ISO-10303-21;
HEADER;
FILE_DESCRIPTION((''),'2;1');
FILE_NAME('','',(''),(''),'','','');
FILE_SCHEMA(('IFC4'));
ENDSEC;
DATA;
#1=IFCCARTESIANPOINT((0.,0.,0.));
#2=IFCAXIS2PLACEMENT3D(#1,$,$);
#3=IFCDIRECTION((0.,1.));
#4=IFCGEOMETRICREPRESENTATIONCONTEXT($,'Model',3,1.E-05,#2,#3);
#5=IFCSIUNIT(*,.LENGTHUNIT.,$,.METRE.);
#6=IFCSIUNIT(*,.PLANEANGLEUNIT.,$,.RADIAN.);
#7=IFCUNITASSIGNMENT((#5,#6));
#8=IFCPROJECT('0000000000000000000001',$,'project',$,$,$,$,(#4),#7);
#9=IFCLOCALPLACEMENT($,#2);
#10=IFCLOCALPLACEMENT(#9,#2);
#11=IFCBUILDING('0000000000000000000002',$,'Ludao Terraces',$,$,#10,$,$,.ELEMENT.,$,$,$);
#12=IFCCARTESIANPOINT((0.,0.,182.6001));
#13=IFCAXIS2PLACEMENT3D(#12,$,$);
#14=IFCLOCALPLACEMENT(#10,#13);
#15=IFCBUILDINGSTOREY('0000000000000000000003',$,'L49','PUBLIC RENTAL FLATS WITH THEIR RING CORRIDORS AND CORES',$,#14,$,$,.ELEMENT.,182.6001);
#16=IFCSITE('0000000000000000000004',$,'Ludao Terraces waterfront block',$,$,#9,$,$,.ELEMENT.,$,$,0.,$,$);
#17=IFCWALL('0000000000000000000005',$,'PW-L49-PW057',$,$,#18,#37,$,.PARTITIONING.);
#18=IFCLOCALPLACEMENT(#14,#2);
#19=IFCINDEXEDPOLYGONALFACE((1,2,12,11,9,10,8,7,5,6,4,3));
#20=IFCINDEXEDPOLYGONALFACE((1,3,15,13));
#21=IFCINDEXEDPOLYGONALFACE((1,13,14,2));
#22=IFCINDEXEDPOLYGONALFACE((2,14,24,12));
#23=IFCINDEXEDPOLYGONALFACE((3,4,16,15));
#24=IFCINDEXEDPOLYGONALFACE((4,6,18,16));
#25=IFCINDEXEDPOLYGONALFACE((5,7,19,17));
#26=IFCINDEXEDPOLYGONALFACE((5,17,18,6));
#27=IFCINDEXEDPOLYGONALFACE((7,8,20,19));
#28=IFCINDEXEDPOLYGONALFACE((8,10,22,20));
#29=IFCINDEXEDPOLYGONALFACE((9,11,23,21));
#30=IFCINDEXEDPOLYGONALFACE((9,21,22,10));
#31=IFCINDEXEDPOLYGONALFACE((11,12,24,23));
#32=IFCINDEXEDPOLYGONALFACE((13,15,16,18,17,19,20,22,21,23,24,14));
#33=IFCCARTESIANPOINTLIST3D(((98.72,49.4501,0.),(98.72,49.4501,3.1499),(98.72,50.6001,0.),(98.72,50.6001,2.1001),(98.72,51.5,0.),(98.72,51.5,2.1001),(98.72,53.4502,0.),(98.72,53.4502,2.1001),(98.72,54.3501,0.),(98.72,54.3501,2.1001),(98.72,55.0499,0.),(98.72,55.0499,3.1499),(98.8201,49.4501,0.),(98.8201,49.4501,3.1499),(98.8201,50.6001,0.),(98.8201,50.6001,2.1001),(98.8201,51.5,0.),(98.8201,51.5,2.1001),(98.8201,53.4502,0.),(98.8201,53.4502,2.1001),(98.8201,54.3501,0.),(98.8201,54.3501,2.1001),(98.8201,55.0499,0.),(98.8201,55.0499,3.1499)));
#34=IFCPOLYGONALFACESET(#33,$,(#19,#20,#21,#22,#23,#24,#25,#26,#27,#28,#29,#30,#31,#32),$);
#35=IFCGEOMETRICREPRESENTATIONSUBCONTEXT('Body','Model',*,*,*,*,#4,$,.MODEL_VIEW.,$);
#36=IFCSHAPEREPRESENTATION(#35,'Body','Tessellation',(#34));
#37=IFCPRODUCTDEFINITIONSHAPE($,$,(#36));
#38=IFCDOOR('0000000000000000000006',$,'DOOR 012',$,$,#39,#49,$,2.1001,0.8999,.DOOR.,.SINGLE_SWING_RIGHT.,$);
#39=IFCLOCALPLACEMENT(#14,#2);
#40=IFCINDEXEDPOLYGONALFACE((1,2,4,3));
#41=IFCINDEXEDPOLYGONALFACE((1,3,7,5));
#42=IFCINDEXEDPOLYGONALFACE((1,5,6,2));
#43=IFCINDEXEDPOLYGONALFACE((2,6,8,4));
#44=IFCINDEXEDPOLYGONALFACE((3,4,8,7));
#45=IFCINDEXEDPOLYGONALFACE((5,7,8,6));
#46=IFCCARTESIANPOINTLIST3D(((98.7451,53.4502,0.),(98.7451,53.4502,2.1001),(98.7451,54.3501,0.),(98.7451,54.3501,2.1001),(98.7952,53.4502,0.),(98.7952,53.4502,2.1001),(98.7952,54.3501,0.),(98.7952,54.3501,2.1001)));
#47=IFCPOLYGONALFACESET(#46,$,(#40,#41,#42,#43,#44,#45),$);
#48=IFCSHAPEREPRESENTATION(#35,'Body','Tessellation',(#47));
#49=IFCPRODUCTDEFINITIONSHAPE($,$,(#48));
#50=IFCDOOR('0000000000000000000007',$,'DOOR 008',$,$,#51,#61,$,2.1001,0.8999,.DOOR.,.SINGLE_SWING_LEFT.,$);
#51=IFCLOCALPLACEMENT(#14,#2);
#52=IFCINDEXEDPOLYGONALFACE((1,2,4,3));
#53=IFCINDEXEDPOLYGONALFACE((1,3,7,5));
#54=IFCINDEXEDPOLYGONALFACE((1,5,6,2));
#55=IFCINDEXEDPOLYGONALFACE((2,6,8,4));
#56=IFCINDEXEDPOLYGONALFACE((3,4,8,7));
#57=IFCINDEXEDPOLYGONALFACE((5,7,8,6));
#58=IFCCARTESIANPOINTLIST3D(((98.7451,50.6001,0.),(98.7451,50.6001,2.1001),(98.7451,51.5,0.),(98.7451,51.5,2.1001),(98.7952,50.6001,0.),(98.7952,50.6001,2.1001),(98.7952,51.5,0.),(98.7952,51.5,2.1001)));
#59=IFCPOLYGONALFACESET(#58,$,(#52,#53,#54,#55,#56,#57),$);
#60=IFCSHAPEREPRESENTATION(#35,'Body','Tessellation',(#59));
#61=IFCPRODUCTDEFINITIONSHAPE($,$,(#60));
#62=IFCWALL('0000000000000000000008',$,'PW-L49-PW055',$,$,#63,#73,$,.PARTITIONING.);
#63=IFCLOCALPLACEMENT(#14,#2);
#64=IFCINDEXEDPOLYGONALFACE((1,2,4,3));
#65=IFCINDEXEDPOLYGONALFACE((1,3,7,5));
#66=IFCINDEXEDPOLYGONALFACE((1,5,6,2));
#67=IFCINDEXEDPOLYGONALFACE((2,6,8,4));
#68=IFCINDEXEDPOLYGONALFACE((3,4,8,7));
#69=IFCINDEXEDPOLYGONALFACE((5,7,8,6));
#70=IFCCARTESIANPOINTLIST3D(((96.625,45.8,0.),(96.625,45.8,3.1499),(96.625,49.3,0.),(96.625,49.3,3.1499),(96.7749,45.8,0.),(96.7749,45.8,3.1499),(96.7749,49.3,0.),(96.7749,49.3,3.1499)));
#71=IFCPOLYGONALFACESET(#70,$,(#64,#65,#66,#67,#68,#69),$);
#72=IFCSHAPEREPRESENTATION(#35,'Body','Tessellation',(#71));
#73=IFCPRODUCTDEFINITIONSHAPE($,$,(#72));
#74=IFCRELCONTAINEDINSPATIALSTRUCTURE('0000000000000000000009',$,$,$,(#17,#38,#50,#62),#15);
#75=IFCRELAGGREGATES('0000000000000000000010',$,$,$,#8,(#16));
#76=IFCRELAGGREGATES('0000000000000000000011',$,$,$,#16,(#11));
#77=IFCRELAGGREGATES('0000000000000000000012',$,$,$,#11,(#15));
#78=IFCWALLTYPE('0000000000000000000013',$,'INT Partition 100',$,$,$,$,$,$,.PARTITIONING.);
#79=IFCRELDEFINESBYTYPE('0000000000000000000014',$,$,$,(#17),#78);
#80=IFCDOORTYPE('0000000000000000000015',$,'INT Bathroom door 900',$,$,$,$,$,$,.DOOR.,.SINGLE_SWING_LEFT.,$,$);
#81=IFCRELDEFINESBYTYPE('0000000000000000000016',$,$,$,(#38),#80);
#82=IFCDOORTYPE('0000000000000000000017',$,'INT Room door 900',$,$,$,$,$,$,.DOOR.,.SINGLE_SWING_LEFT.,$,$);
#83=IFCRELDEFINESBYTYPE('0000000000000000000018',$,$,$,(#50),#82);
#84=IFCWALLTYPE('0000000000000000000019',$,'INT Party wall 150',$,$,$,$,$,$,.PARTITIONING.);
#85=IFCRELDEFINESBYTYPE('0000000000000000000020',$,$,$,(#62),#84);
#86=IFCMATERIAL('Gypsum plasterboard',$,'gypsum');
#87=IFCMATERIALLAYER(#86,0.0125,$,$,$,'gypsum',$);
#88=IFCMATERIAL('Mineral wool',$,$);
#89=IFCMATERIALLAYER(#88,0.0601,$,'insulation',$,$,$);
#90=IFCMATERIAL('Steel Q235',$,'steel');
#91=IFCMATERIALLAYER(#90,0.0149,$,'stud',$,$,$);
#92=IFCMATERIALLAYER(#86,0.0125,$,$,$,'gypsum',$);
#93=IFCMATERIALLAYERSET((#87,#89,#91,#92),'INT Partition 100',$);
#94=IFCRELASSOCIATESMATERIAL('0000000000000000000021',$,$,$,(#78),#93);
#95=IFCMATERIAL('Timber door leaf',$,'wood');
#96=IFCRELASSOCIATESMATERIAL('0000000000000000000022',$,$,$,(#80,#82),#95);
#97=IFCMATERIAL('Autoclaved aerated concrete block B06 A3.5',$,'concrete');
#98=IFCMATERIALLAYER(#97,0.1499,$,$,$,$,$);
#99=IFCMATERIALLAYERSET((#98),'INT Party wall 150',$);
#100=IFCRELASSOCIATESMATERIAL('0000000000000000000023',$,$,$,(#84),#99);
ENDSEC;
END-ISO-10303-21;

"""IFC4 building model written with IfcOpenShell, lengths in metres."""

from ifc_helpers import new_model, si_unit, direction, frame, frame_2d, origin, place, context, subcontext, project, spatial, rectangle, extrude, material, layer, layer_set, type_object, element, fill, save


model = new_model("IFC4")

# Units and contexts
model_context = context("Model", 3, precision=1e-05, world=origin(), true_north=direction((0.0, 1.0)))
body_context = subcontext(model_context, "Body", "Model", "MODEL_VIEW")
ifc_project = project(units=[si_unit("LENGTHUNIT", "METRE"), si_unit("PLANEANGLEUNIT", "RADIAN")], contexts=[model_context])

# Site, building, storey
site_placement = place(None, origin())
site = spatial("IfcSite", under=ifc_project, at=site_placement, Name="Ludao Terraces waterfront block", CompositionType="ELEMENT", RefElevation=0.0)
building_placement = place(site_placement, origin())
building = spatial("IfcBuilding", under=site, at=building_placement, Name="Ludao Terraces", CompositionType="ELEMENT")
storey_placement = place(building_placement, frame((0.0, 0.0, 182.6001)))
storey = spatial("IfcBuildingStorey", under=building, at=storey_placement, Name="L49", Description="PUBLIC RENTAL FLATS WITH THEIR RING CORRIDORS AND CORES", CompositionType="ELEMENT", Elevation=182.6001)

# Shared definitions
ifc_material_1 = material(Name="Mineral wool")

# Shared definitions
ifc_material_2 = material(Name="Autoclaved aerated concrete block B06 A3.5", Category="concrete")
ifc_material_3 = material(Name="Steel Q235", Category="steel")

# Shared definitions
ifc_material_4 = material(Name="Gypsum plasterboard", Category="gypsum")
ifc_layer_1 = layer(ifc_material_4, 0.0125, Category="gypsum")
ifc_layer_2 = layer(ifc_material_1, 0.0601, Name="insulation")
ifc_layer_3 = layer(ifc_material_3, 0.0149, Name="stud")
ifc_layer_4 = layer(ifc_material_4, 0.0125, Category="gypsum")
ifc_layer_set_1 = layer_set([ifc_layer_1, ifc_layer_2, ifc_layer_3, ifc_layer_4], Name="INT Partition 100")
wall_type_1 = type_object("IfcWallType", Name="INT Partition 100", PredefinedType="PARTITIONING", material=ifc_layer_set_1)

# Wall, openings, doors
wall_1_placement = place(storey_placement, frame((98.77, 49.4502, 0.0), z_axis=(0.0, 0.0, 1.0), x_axis=(0.0, 1.0, 0.0)))
wall_1 = element("IfcWall", 1, at=wall_1_placement, inside=storey, type_object=wall_type_1, Name="PW-L49-PW057", PredefinedType="PARTITIONING", context=body_context, shape_type="SweptSolid", body=[
    extrude(rectangle(XDim=5.5999, YDim=0.1001, at=frame_2d((2.7998, 0.0))), origin(), (0.0, 0.0, 1.0), 3.1499),
])
opening_1_placement = place(wall_1_placement, frame((1.1499, 0.0, 0.0)))
opening_1 = element("IfcOpeningElement", 2, at=opening_1_placement, cuts=wall_1, PredefinedType="OPENING", context=body_context, shape_type="SweptSolid", body=[
    extrude(rectangle(XDim=0.8999, YDim=2.1001, at=frame_2d((0.45, 1.05))), frame((0.0, 0.0601, 0.0), z_axis=(0.0, -1.0, 0.0), x_axis=(1.0, 0.0, 0.0)), (0.0, 0.0, 1.0), 0.1201),
])
opening_2_placement = place(wall_1_placement, frame((4.0, 0.0, 0.0)))
opening_2 = element("IfcOpeningElement", 3, at=opening_2_placement, cuts=wall_1, PredefinedType="OPENING", context=body_context, shape_type="SweptSolid", body=[
    extrude(rectangle(XDim=0.8999, YDim=2.1001, at=frame_2d((0.45, 1.05))), frame((0.0, 0.0601, 0.0), z_axis=(0.0, -1.0, 0.0), x_axis=(1.0, 0.0, 0.0)), (0.0, 0.0, 1.0), 0.1201),
])
ifc_material_5 = material(Name="Timber door leaf", Category="wood")
door_type_1 = type_object("IfcDoorType", Name="INT Bathroom door 900", OperationType="SINGLE_SWING_LEFT", PredefinedType="DOOR", material=ifc_material_5)
door_1_placement = place(opening_2_placement, origin())
door_1 = element("IfcDoor", 4, at=door_1_placement, inside=storey, type_object=door_type_1, Name="DOOR 012", OperationType="SINGLE_SWING_RIGHT", OverallHeight=2.1001, OverallWidth=0.8999, PredefinedType="DOOR", context=body_context, shape_type="SweptSolid", body=[
    extrude(rectangle(XDim=0.8999, YDim=2.1001, at=frame_2d((0.45, 1.05))), frame((0.0, 0.0249, 0.0), z_axis=(0.0, -1.0, 0.0), x_axis=(1.0, 0.0, 0.0)), (0.0, 0.0, 1.0), 0.05),
])
fill(opening_2, door_1)
door_type_2 = type_object("IfcDoorType", Name="INT Room door 900", OperationType="SINGLE_SWING_LEFT", PredefinedType="DOOR", material=ifc_material_5)
door_2_placement = place(opening_1_placement, origin())
door_2 = element("IfcDoor", 5, at=door_2_placement, inside=storey, type_object=door_type_2, Name="DOOR 008", OperationType="SINGLE_SWING_LEFT", OverallHeight=2.1001, OverallWidth=0.8999, PredefinedType="DOOR", context=body_context, shape_type="SweptSolid", body=[
    extrude(rectangle(XDim=0.8999, YDim=2.1001, at=frame_2d((0.45, 1.05))), frame((0.0, 0.0249, 0.0), z_axis=(0.0, -1.0, 0.0), x_axis=(1.0, 0.0, 0.0)), (0.0, 0.0, 1.0), 0.05),
])
fill(opening_1, door_2)

# Wall
ifc_layer_5 = layer(ifc_material_2, 0.1499)
ifc_layer_set_2 = layer_set([ifc_layer_5], Name="INT Party wall 150")
wall_type_2 = type_object("IfcWallType", Name="INT Party wall 150", PredefinedType="PARTITIONING", material=ifc_layer_set_2)
wall_2_placement = place(storey_placement, frame((96.7, 45.8, 0.0), z_axis=(0.0, 0.0, 1.0), x_axis=(0.0, 1.0, 0.0)))
element("IfcWall", 6, at=wall_2_placement, inside=storey, type_object=wall_type_2, Name="PW-L49-PW055", PredefinedType="PARTITIONING", context=body_context, shape_type="SweptSolid", body=[
    extrude(rectangle(XDim=3.5, YDim=0.1499, at=frame_2d((1.75, 0.0))), origin(), (0.0, 0.0, 1.0), 3.1499),
])

save(model, "model.ifc")
